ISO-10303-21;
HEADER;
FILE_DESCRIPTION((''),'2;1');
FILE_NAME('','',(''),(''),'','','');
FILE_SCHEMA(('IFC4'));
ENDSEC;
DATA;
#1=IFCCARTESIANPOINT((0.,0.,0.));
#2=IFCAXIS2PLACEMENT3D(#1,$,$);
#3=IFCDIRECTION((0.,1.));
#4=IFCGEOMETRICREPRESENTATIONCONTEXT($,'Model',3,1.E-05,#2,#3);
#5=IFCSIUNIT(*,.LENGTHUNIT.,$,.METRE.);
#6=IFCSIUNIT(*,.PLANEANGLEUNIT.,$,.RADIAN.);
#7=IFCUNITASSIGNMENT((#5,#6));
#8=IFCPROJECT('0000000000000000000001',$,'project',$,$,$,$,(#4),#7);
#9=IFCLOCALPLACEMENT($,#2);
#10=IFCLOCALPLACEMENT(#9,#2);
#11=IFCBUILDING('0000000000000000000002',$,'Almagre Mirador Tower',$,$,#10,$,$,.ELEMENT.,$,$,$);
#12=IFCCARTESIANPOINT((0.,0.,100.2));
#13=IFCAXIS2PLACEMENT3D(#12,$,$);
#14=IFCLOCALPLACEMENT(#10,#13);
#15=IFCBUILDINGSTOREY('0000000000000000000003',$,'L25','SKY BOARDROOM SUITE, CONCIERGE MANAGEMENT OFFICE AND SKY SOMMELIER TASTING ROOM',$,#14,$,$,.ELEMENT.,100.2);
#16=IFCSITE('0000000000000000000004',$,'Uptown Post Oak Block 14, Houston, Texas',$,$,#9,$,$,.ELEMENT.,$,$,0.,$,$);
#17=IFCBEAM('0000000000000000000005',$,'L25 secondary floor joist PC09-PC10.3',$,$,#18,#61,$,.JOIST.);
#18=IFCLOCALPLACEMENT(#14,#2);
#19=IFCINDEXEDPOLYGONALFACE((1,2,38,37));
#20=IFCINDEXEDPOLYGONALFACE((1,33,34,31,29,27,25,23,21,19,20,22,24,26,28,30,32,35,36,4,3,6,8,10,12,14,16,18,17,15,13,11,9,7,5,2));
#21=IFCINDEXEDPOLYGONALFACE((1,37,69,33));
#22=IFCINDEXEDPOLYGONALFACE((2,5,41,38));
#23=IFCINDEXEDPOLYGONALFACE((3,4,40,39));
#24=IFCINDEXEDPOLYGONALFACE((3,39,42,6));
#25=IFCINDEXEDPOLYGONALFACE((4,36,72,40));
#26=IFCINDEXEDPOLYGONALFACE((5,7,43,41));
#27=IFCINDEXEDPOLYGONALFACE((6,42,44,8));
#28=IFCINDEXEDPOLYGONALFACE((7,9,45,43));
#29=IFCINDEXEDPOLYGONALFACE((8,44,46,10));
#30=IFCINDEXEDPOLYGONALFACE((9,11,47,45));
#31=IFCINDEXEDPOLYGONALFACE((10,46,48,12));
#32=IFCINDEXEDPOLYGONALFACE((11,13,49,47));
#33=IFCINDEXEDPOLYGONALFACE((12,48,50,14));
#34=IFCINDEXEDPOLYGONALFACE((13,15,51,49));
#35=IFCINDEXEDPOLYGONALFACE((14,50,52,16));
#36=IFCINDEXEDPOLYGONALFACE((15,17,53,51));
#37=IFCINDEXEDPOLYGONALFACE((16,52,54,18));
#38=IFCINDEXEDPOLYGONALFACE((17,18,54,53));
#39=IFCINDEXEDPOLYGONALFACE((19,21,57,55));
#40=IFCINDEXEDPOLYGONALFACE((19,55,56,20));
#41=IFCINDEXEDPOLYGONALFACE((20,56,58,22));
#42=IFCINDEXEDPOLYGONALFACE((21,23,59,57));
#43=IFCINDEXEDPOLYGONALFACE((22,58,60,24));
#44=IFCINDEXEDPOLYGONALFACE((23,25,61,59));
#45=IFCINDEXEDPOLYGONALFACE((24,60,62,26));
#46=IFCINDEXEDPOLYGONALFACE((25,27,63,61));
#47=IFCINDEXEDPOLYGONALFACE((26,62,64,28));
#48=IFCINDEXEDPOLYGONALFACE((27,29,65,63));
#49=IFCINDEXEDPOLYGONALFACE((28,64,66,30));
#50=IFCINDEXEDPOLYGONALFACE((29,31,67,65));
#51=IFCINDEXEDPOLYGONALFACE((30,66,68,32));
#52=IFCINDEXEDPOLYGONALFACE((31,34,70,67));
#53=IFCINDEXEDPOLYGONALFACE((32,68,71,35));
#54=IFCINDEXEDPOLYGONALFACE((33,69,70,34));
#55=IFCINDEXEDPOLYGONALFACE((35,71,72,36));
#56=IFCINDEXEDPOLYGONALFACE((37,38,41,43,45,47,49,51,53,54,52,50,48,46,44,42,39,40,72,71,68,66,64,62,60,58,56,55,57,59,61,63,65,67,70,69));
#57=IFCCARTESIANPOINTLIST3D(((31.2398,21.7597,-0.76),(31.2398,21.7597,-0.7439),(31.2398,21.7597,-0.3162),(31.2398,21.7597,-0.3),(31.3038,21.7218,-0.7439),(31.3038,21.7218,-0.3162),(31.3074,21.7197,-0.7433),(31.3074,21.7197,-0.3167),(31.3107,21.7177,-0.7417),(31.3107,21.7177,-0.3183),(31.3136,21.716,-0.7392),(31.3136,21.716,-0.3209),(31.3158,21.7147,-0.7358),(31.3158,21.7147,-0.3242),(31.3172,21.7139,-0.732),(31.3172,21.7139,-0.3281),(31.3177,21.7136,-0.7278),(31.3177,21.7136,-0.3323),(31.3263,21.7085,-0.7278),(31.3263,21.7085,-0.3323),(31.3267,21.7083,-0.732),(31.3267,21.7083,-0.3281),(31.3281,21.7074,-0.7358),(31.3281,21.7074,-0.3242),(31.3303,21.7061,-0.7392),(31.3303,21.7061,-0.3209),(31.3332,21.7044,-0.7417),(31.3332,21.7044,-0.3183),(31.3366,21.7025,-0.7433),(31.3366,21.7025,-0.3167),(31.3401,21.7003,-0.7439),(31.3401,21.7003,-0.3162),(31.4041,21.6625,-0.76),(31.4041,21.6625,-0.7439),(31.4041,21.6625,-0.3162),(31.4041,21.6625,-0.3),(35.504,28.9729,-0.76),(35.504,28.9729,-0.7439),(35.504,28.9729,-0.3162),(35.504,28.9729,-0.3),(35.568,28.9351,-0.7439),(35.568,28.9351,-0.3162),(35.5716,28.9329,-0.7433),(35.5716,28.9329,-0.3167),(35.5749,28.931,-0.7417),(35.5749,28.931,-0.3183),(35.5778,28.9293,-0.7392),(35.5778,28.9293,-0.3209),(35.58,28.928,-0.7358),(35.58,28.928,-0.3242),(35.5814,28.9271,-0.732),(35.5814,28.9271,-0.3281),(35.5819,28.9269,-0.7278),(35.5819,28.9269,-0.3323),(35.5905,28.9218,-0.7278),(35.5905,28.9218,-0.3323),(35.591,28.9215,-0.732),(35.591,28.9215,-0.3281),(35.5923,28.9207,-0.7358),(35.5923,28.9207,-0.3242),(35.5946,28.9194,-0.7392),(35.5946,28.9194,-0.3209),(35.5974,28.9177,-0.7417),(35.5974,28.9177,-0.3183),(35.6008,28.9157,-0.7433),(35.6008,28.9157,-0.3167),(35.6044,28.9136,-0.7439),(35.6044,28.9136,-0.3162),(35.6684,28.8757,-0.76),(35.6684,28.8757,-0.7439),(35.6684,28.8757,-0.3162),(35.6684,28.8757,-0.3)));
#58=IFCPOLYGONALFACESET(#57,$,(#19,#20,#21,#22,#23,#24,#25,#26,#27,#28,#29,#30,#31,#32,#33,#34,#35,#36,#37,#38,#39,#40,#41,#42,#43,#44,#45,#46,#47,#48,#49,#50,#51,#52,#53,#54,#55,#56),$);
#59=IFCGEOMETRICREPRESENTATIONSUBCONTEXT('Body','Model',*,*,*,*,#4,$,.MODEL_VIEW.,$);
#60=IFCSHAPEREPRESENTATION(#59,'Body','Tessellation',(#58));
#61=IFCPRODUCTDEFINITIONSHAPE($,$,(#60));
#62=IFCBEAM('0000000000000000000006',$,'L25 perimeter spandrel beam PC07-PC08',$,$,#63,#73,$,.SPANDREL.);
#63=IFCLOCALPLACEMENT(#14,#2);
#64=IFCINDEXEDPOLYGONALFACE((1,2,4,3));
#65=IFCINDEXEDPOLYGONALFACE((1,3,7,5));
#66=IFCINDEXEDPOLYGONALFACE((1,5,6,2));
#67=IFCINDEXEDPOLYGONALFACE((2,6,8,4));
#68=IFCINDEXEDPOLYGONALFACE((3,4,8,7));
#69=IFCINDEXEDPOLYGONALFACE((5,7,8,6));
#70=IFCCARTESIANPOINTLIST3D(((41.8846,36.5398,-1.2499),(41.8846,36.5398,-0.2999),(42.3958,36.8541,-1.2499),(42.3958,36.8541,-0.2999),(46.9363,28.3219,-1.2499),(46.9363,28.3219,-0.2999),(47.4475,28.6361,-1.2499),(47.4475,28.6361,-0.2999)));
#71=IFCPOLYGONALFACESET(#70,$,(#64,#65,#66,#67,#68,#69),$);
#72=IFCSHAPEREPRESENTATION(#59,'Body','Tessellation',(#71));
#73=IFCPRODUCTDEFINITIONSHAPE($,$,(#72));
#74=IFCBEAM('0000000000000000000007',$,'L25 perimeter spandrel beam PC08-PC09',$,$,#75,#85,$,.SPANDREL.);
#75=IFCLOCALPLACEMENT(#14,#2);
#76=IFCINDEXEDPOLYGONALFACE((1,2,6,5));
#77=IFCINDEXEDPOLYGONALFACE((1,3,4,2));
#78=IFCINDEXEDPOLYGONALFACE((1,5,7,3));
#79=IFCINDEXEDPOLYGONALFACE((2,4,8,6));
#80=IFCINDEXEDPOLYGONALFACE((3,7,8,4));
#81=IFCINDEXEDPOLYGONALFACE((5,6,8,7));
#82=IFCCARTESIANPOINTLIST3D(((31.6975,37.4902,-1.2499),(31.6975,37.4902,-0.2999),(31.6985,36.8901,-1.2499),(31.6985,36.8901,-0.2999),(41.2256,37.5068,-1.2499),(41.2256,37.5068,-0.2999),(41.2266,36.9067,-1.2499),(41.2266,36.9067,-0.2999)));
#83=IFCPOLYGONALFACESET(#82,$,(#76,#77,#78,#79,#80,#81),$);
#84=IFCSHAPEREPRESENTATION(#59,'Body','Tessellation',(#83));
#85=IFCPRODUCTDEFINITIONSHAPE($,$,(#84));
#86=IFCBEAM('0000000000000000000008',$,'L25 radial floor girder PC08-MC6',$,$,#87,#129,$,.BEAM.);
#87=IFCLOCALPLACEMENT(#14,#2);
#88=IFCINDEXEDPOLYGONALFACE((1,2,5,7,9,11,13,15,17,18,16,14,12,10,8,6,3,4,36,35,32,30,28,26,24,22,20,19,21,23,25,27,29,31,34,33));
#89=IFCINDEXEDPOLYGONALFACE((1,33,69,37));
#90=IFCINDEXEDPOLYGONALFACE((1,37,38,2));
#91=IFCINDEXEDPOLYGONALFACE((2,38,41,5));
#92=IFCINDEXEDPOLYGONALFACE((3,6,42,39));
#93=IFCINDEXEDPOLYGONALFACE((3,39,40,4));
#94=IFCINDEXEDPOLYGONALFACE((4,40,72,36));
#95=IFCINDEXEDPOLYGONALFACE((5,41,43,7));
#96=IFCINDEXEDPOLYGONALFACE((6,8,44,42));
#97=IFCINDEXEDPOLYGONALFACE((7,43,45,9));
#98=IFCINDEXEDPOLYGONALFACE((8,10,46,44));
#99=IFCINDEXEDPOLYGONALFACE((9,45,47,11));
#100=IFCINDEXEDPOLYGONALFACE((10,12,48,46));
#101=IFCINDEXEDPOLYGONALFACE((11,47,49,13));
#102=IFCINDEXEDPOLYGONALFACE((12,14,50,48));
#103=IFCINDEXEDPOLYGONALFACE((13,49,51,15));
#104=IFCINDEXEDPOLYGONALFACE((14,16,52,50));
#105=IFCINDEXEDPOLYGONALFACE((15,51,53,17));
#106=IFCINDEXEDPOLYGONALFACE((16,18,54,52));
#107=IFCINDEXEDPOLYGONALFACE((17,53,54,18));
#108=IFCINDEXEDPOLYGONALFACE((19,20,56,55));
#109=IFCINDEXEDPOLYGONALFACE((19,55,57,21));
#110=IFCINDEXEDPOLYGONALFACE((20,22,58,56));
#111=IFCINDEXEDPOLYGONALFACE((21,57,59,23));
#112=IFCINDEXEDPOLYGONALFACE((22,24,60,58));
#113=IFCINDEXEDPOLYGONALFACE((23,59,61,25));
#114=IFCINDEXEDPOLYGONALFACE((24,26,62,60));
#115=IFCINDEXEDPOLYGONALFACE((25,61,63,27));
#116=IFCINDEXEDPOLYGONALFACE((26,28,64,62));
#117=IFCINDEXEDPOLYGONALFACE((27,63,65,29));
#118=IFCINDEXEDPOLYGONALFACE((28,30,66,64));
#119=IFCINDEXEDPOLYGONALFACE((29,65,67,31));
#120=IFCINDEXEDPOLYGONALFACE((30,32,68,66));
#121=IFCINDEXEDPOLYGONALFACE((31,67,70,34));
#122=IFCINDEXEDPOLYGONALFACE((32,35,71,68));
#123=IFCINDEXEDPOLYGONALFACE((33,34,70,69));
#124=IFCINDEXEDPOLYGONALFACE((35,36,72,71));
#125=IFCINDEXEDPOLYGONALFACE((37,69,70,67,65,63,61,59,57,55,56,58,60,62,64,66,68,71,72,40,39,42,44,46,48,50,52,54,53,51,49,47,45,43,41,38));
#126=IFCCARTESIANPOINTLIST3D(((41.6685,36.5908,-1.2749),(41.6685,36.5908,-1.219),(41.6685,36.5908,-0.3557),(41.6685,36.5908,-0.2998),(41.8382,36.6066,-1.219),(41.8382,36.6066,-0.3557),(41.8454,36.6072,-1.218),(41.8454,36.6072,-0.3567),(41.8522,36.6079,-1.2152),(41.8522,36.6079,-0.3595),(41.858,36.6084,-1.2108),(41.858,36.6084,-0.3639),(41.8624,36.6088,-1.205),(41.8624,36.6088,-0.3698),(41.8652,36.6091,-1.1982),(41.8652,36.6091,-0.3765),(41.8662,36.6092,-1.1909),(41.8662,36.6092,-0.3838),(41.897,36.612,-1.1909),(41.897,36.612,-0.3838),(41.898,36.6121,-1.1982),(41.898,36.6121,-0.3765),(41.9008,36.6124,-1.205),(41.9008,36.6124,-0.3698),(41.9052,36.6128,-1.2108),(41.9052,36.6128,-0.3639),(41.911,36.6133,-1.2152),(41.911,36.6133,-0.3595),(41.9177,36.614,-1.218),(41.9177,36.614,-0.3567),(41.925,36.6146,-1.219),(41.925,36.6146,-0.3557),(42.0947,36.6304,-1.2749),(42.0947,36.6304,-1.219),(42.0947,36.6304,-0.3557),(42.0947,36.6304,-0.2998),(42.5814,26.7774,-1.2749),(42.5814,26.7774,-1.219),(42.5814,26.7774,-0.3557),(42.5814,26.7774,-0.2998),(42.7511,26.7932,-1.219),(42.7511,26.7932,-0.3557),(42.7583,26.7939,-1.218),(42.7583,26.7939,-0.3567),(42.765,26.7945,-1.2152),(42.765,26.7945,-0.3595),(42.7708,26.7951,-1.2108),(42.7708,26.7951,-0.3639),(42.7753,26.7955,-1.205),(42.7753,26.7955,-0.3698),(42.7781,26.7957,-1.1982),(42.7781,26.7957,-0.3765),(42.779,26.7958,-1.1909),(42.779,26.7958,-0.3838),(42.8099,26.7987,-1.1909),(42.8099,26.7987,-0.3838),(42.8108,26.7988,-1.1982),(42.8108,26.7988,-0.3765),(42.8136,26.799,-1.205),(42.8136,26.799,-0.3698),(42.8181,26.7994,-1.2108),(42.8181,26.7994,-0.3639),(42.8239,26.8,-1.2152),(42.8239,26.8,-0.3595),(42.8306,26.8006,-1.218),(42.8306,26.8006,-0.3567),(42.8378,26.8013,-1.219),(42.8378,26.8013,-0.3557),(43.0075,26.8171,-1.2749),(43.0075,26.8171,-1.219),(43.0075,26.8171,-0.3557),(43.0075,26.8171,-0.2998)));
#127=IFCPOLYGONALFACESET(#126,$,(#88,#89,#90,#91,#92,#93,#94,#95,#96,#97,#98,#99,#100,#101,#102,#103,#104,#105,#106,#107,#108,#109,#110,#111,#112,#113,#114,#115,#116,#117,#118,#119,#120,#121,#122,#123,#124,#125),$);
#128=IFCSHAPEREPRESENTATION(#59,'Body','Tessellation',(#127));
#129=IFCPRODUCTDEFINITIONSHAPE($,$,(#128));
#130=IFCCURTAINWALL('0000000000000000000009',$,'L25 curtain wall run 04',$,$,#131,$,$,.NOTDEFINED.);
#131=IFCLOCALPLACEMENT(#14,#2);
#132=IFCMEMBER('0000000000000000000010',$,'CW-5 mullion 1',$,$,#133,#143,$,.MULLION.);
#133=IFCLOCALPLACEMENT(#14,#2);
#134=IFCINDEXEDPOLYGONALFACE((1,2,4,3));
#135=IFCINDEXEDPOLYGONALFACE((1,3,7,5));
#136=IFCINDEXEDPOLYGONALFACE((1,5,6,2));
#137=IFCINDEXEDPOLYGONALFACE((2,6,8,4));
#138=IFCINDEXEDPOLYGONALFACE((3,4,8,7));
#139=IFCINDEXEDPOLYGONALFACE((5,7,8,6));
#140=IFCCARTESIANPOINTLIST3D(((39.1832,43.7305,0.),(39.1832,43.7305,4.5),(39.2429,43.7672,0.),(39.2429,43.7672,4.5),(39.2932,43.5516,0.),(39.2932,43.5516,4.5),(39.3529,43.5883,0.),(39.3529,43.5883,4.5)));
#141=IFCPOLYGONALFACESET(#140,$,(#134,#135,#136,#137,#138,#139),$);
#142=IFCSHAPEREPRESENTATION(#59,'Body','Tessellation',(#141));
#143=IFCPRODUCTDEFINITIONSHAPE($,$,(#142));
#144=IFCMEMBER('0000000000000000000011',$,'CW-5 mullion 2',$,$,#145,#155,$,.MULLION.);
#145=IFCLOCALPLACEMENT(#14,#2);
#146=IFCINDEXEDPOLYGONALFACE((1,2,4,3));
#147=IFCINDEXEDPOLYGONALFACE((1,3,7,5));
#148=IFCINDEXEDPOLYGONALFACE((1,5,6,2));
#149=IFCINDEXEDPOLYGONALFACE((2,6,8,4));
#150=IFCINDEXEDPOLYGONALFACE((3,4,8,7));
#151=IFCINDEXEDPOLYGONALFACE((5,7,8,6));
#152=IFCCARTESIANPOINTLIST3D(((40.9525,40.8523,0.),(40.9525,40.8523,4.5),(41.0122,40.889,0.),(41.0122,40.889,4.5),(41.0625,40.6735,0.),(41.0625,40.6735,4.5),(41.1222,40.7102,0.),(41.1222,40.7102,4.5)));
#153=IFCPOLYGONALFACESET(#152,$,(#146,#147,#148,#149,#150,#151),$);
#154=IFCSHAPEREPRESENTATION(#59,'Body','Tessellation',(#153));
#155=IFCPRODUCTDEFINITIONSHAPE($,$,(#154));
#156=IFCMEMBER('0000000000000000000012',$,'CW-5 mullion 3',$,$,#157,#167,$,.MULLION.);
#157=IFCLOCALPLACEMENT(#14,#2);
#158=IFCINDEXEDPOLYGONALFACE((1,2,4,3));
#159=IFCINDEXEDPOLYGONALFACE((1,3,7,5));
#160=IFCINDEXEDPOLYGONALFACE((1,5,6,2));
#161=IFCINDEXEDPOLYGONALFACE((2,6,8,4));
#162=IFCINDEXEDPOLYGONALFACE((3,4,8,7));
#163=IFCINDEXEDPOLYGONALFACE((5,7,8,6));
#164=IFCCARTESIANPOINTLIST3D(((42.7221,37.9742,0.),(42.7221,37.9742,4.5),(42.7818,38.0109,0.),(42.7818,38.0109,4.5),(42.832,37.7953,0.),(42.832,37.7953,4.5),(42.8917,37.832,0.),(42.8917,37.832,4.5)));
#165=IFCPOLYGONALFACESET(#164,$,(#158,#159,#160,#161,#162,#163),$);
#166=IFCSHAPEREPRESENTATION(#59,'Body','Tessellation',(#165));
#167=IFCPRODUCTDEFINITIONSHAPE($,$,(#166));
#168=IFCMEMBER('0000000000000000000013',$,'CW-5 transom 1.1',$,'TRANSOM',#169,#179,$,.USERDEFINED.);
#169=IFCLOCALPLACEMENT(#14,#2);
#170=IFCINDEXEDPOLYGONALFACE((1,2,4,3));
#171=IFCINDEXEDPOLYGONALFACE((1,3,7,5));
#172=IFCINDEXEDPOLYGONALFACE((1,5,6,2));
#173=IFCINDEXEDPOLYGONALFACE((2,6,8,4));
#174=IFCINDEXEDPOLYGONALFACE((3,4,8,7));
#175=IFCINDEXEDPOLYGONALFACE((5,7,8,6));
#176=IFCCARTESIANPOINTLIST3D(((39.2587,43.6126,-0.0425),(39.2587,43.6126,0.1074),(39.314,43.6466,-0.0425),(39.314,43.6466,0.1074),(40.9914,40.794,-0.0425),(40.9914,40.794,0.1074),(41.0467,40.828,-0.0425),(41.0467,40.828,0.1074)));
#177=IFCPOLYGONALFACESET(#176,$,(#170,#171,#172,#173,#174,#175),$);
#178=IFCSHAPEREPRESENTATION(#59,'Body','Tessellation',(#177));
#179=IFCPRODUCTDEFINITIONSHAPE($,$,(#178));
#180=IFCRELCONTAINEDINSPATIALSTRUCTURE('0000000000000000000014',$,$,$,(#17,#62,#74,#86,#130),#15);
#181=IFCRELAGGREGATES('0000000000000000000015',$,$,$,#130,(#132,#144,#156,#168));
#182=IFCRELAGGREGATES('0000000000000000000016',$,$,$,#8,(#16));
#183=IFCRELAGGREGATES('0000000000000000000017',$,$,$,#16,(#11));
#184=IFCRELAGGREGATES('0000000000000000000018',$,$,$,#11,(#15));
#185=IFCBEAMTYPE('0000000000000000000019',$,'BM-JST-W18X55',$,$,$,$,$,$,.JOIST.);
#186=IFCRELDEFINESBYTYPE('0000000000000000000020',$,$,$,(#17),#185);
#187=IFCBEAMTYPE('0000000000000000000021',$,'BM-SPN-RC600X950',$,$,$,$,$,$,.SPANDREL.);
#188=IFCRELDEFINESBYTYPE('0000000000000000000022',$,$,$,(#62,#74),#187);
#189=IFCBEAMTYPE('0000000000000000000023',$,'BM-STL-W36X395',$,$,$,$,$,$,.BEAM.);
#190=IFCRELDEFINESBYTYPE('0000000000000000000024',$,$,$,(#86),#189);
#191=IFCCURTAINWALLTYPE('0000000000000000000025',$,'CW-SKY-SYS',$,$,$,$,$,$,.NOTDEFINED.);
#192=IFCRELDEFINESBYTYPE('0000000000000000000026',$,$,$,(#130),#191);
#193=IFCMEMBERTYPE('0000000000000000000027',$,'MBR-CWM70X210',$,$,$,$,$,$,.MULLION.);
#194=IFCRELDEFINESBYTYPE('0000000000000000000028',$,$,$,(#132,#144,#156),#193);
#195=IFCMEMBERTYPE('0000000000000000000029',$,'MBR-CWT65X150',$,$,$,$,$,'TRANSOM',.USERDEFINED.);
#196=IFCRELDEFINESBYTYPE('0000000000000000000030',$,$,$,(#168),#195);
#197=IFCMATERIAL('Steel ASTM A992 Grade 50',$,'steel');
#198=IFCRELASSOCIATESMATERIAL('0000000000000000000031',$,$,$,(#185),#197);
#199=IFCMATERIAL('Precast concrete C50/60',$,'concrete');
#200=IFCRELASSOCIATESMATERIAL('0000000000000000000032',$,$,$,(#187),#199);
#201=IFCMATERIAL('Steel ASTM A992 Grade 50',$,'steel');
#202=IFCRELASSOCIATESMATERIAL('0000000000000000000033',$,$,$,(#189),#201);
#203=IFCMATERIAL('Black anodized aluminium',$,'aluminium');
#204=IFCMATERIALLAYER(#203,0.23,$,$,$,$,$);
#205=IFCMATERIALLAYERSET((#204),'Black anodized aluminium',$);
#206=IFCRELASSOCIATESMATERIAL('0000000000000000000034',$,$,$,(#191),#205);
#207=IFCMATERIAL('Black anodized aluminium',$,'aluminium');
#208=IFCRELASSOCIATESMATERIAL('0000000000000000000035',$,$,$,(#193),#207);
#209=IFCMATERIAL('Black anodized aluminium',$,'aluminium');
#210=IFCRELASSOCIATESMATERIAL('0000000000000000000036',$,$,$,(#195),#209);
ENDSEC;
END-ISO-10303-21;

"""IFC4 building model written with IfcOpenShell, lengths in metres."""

from ifc_helpers import new_model, si_unit, direction, frame, origin, origin_2d, place, context, subcontext, project, spatial, rectangle, i_section, extrude, material, layer, layer_set, material_profile, profile_set, type_object, element, aggregate, save


model = new_model("IFC4")

# Units and contexts
model_context = context("Model", 3, precision=1e-05, world=origin(), true_north=direction((0.0, 1.0)))
body_context = subcontext(model_context, "Body", "Model", "MODEL_VIEW")
ifc_project = project(units=[si_unit("LENGTHUNIT", "METRE"), si_unit("PLANEANGLEUNIT", "RADIAN")], contexts=[model_context])

# Site, building, storey
site_placement = place(None, origin())
site = spatial("IfcSite", under=ifc_project, at=site_placement, Name="Uptown Post Oak Block 14, Houston, Texas", CompositionType="ELEMENT", RefElevation=0.0)
building_placement = place(site_placement, origin())
building = spatial("IfcBuilding", under=site, at=building_placement, Name="Almagre Mirador Tower", CompositionType="ELEMENT")
storey_placement = place(building_placement, frame((0.0, 0.0, 100.2)))
storey = spatial("IfcBuildingStorey", under=building, at=storey_placement, Name="L25", Description="SKY BOARDROOM SUITE, CONCIERGE MANAGEMENT OFFICE AND SKY SOMMELIER TASTING ROOM", CompositionType="ELEMENT", Elevation=100.2)

# Beams
ifc_material_1 = material(Name="Steel ASTM A992 Grade 50", Category="steel")
ifc_material_profile_1 = material_profile(ifc_material_1, i_section(OverallWidth=0.1909, OverallDepth=0.46, WebThickness=0.01, FlangeThickness=0.0161, FilletRadius=0.0161, at=origin_2d()), Name="W18X55")
ifc_profile_set_1 = profile_set([ifc_material_profile_1], Name="Steel ASTM A992 Grade 50")
beam_type_1 = type_object("IfcBeamType", Name="BM-JST-W18X55", PredefinedType="JOIST", material=ifc_profile_set_1)
beam_1_placement = place(storey_placement, frame((35.5862, 28.9243, -0.53), z_axis=(-0.508893, -0.86083, 0.0), x_axis=(0.86083, -0.508893, 0.0)))
element("IfcBeam", 1, at=beam_1_placement, inside=storey, type_object=beam_type_1, Name="L25 secondary floor joist PC09-PC10.3", PredefinedType="JOIST", context=body_context, shape_type="SweptSolid", body=[
    extrude(i_section(OverallWidth=0.1909, OverallDepth=0.46, WebThickness=0.01, FlangeThickness=0.0161, FilletRadius=0.0161, at=origin_2d()), origin(), (0.0, 0.0, 1.0), 8.3794),
])
ifc_material_2 = material(Name="Precast concrete C50/60", Category="concrete")
ifc_material_profile_2 = material_profile(ifc_material_2, rectangle(XDim=0.6001, YDim=0.95, at=origin_2d()), Name="RC600X950")
ifc_profile_set_2 = profile_set([ifc_material_profile_2], Name="Precast concrete C50/60")
beam_type_2 = type_object("IfcBeamType", Name="BM-SPN-RC600X950", PredefinedType="SPANDREL", material=ifc_profile_set_2)
beam_2_placement = place(storey_placement, frame((47.1919, 28.479, -0.7749), z_axis=(-0.523685, 0.851912, 0.0), x_axis=(-0.851912, -0.523685, 0.0)))
element("IfcBeam", 2, at=beam_2_placement, inside=storey, type_object=beam_type_2, Name="L25 perimeter spandrel beam PC07-PC08", PredefinedType="SPANDREL", context=body_context, shape_type="SweptSolid", body=[
    extrude(rectangle(XDim=0.6001, YDim=0.95, at=origin_2d()), origin(), (0.0, 0.0, 1.0), 9.6465),
])
beam_3_placement = place(storey_placement, frame((41.2261, 37.2068, -0.7749), z_axis=(-0.999998, -0.001742, 0.0), x_axis=(0.001742, -0.999998, 0.0)))
element("IfcBeam", 3, at=beam_3_placement, inside=storey, type_object=beam_type_2, Name="L25 perimeter spandrel beam PC08-PC09", PredefinedType="SPANDREL", context=body_context, shape_type="SweptSolid", body=[
    extrude(rectangle(XDim=0.6001, YDim=0.95, at=origin_2d()), origin(), (0.0, 0.0, 1.0), 9.5281),
])
ifc_material_3 = material(Name="Steel ASTM A992 Grade 50", Category="steel")
ifc_material_profile_3 = material_profile(ifc_material_3, i_section(OverallWidth=0.428, OverallDepth=0.9751, WebThickness=0.031, FlangeThickness=0.0559, FilletRadius=0.0281, at=origin_2d()), Name="W36X395")
ifc_profile_set_3 = profile_set([ifc_material_profile_3], Name="Steel ASTM A992 Grade 50")
beam_type_3 = type_object("IfcBeamType", Name="BM-STL-W36X395", PredefinedType="BEAM", material=ifc_profile_set_3)
beam_4_placement = place(storey_placement, frame((41.8816, 36.6106, -0.7874), z_axis=(0.092622, -0.995701, 0.0), x_axis=(0.995701, 0.092622, 0.0)))
element("IfcBeam", 4, at=beam_4_placement, inside=storey, type_object=beam_type_3, Name="L25 radial floor girder PC08-MC6", PredefinedType="BEAM", context=body_context, shape_type="SweptSolid", body=[
    extrude(i_section(OverallWidth=0.428, OverallDepth=0.9751, WebThickness=0.031, FlangeThickness=0.0559, FilletRadius=0.0281, at=origin_2d()), origin(), (0.0, 0.0, 1.0), 9.8557),
])

# Curtain wall, members
ifc_material_4 = material(Name="Black anodized aluminium", Category="aluminium")
ifc_layer_1 = layer(ifc_material_4, 0.23)
ifc_layer_set_1 = layer_set([ifc_layer_1], Name="Black anodized aluminium")
curtain_wall_type = type_object("IfcCurtainWallType", Name="CW-SKY-SYS", PredefinedType="NOTDEFINED", material=ifc_layer_set_1)
curtain_wall_placement = place(storey_placement, origin())
curtain_wall = element("IfcCurtainWall", 5, at=curtain_wall_placement, inside=storey, type_object=curtain_wall_type, Name="L25 curtain wall run 04", PredefinedType="NOTDEFINED")
ifc_material_5 = material(Name="Black anodized aluminium", Category="aluminium")
ifc_material_profile_4 = material_profile(ifc_material_5, rectangle(XDim=0.0701, YDim=0.21, at=origin_2d()), Name="CWM70X210")
ifc_profile_set_4 = profile_set([ifc_material_profile_4], Name="Black anodized aluminium")
member_type_1 = type_object("IfcMemberType", Name="MBR-CWM70X210", PredefinedType="MULLION", material=ifc_profile_set_4)
member_1_placement = place(storey_placement, frame((39.2681, 43.6594, 0.0), z_axis=(0.0, 0.0, 1.0), x_axis=(0.851903, 0.5237, 0.0)))
member_1 = element("IfcMember", 6, at=member_1_placement, type_object=member_type_1, Name="CW-5 mullion 1", PredefinedType="MULLION", context=body_context, shape_type="SweptSolid", body=[
    extrude(rectangle(XDim=0.0701, YDim=0.21, at=origin_2d()), origin(), (0.0, 0.0, 1.0), 4.5),
])
member_2_placement = place(storey_placement, frame((41.0374, 40.7812, 0.0), z_axis=(0.0, 0.0, 1.0), x_axis=(0.851903, 0.5237, 0.0)))
member_2 = element("IfcMember", 7, at=member_2_placement, type_object=member_type_1, Name="CW-5 mullion 2", PredefinedType="MULLION", context=body_context, shape_type="SweptSolid", body=[
    extrude(rectangle(XDim=0.0701, YDim=0.21, at=origin_2d()), origin(), (0.0, 0.0, 1.0), 4.5),
])
member_3_placement = place(storey_placement, frame((42.8069, 37.9031, 0.0), z_axis=(0.0, 0.0, 1.0), x_axis=(0.851903, 0.5237, 0.0)))
member_3 = element("IfcMember", 8, at=member_3_placement, type_object=member_type_1, Name="CW-5 mullion 3", PredefinedType="MULLION", context=body_context, shape_type="SweptSolid", body=[
    extrude(rectangle(XDim=0.0701, YDim=0.21, at=origin_2d()), origin(), (0.0, 0.0, 1.0), 4.5),
])
ifc_material_6 = material(Name="Black anodized aluminium", Category="aluminium")
ifc_material_profile_5 = material_profile(ifc_material_6, rectangle(XDim=0.0649, YDim=0.1499, at=origin_2d()), Name="CWT65X150")
ifc_profile_set_5 = profile_set([ifc_material_profile_5], Name="Black anodized aluminium")
member_type_2 = type_object("IfcMemberType", Name="MBR-CWT65X150", ElementType="TRANSOM", PredefinedType="USERDEFINED", material=ifc_profile_set_5)
member_4_placement = place(storey_placement, frame((39.2864, 43.6296, 0.0325), z_axis=(0.52369, -0.851909, 0.0), x_axis=(0.851909, 0.52369, 0.0)))
member_4 = element("IfcMember", 9, at=member_4_placement, type_object=member_type_2, Name="CW-5 transom 1.1", ObjectType="TRANSOM", PredefinedType="USERDEFINED", context=body_context, shape_type="SweptSolid", body=[
    extrude(rectangle(XDim=0.0649, YDim=0.1499, at=origin_2d()), origin(), (0.0, 0.0, 1.0), 3.3086),
])
aggregate(curtain_wall, [member_1, member_2, member_3, member_4])

save(model, "model.ifc")
